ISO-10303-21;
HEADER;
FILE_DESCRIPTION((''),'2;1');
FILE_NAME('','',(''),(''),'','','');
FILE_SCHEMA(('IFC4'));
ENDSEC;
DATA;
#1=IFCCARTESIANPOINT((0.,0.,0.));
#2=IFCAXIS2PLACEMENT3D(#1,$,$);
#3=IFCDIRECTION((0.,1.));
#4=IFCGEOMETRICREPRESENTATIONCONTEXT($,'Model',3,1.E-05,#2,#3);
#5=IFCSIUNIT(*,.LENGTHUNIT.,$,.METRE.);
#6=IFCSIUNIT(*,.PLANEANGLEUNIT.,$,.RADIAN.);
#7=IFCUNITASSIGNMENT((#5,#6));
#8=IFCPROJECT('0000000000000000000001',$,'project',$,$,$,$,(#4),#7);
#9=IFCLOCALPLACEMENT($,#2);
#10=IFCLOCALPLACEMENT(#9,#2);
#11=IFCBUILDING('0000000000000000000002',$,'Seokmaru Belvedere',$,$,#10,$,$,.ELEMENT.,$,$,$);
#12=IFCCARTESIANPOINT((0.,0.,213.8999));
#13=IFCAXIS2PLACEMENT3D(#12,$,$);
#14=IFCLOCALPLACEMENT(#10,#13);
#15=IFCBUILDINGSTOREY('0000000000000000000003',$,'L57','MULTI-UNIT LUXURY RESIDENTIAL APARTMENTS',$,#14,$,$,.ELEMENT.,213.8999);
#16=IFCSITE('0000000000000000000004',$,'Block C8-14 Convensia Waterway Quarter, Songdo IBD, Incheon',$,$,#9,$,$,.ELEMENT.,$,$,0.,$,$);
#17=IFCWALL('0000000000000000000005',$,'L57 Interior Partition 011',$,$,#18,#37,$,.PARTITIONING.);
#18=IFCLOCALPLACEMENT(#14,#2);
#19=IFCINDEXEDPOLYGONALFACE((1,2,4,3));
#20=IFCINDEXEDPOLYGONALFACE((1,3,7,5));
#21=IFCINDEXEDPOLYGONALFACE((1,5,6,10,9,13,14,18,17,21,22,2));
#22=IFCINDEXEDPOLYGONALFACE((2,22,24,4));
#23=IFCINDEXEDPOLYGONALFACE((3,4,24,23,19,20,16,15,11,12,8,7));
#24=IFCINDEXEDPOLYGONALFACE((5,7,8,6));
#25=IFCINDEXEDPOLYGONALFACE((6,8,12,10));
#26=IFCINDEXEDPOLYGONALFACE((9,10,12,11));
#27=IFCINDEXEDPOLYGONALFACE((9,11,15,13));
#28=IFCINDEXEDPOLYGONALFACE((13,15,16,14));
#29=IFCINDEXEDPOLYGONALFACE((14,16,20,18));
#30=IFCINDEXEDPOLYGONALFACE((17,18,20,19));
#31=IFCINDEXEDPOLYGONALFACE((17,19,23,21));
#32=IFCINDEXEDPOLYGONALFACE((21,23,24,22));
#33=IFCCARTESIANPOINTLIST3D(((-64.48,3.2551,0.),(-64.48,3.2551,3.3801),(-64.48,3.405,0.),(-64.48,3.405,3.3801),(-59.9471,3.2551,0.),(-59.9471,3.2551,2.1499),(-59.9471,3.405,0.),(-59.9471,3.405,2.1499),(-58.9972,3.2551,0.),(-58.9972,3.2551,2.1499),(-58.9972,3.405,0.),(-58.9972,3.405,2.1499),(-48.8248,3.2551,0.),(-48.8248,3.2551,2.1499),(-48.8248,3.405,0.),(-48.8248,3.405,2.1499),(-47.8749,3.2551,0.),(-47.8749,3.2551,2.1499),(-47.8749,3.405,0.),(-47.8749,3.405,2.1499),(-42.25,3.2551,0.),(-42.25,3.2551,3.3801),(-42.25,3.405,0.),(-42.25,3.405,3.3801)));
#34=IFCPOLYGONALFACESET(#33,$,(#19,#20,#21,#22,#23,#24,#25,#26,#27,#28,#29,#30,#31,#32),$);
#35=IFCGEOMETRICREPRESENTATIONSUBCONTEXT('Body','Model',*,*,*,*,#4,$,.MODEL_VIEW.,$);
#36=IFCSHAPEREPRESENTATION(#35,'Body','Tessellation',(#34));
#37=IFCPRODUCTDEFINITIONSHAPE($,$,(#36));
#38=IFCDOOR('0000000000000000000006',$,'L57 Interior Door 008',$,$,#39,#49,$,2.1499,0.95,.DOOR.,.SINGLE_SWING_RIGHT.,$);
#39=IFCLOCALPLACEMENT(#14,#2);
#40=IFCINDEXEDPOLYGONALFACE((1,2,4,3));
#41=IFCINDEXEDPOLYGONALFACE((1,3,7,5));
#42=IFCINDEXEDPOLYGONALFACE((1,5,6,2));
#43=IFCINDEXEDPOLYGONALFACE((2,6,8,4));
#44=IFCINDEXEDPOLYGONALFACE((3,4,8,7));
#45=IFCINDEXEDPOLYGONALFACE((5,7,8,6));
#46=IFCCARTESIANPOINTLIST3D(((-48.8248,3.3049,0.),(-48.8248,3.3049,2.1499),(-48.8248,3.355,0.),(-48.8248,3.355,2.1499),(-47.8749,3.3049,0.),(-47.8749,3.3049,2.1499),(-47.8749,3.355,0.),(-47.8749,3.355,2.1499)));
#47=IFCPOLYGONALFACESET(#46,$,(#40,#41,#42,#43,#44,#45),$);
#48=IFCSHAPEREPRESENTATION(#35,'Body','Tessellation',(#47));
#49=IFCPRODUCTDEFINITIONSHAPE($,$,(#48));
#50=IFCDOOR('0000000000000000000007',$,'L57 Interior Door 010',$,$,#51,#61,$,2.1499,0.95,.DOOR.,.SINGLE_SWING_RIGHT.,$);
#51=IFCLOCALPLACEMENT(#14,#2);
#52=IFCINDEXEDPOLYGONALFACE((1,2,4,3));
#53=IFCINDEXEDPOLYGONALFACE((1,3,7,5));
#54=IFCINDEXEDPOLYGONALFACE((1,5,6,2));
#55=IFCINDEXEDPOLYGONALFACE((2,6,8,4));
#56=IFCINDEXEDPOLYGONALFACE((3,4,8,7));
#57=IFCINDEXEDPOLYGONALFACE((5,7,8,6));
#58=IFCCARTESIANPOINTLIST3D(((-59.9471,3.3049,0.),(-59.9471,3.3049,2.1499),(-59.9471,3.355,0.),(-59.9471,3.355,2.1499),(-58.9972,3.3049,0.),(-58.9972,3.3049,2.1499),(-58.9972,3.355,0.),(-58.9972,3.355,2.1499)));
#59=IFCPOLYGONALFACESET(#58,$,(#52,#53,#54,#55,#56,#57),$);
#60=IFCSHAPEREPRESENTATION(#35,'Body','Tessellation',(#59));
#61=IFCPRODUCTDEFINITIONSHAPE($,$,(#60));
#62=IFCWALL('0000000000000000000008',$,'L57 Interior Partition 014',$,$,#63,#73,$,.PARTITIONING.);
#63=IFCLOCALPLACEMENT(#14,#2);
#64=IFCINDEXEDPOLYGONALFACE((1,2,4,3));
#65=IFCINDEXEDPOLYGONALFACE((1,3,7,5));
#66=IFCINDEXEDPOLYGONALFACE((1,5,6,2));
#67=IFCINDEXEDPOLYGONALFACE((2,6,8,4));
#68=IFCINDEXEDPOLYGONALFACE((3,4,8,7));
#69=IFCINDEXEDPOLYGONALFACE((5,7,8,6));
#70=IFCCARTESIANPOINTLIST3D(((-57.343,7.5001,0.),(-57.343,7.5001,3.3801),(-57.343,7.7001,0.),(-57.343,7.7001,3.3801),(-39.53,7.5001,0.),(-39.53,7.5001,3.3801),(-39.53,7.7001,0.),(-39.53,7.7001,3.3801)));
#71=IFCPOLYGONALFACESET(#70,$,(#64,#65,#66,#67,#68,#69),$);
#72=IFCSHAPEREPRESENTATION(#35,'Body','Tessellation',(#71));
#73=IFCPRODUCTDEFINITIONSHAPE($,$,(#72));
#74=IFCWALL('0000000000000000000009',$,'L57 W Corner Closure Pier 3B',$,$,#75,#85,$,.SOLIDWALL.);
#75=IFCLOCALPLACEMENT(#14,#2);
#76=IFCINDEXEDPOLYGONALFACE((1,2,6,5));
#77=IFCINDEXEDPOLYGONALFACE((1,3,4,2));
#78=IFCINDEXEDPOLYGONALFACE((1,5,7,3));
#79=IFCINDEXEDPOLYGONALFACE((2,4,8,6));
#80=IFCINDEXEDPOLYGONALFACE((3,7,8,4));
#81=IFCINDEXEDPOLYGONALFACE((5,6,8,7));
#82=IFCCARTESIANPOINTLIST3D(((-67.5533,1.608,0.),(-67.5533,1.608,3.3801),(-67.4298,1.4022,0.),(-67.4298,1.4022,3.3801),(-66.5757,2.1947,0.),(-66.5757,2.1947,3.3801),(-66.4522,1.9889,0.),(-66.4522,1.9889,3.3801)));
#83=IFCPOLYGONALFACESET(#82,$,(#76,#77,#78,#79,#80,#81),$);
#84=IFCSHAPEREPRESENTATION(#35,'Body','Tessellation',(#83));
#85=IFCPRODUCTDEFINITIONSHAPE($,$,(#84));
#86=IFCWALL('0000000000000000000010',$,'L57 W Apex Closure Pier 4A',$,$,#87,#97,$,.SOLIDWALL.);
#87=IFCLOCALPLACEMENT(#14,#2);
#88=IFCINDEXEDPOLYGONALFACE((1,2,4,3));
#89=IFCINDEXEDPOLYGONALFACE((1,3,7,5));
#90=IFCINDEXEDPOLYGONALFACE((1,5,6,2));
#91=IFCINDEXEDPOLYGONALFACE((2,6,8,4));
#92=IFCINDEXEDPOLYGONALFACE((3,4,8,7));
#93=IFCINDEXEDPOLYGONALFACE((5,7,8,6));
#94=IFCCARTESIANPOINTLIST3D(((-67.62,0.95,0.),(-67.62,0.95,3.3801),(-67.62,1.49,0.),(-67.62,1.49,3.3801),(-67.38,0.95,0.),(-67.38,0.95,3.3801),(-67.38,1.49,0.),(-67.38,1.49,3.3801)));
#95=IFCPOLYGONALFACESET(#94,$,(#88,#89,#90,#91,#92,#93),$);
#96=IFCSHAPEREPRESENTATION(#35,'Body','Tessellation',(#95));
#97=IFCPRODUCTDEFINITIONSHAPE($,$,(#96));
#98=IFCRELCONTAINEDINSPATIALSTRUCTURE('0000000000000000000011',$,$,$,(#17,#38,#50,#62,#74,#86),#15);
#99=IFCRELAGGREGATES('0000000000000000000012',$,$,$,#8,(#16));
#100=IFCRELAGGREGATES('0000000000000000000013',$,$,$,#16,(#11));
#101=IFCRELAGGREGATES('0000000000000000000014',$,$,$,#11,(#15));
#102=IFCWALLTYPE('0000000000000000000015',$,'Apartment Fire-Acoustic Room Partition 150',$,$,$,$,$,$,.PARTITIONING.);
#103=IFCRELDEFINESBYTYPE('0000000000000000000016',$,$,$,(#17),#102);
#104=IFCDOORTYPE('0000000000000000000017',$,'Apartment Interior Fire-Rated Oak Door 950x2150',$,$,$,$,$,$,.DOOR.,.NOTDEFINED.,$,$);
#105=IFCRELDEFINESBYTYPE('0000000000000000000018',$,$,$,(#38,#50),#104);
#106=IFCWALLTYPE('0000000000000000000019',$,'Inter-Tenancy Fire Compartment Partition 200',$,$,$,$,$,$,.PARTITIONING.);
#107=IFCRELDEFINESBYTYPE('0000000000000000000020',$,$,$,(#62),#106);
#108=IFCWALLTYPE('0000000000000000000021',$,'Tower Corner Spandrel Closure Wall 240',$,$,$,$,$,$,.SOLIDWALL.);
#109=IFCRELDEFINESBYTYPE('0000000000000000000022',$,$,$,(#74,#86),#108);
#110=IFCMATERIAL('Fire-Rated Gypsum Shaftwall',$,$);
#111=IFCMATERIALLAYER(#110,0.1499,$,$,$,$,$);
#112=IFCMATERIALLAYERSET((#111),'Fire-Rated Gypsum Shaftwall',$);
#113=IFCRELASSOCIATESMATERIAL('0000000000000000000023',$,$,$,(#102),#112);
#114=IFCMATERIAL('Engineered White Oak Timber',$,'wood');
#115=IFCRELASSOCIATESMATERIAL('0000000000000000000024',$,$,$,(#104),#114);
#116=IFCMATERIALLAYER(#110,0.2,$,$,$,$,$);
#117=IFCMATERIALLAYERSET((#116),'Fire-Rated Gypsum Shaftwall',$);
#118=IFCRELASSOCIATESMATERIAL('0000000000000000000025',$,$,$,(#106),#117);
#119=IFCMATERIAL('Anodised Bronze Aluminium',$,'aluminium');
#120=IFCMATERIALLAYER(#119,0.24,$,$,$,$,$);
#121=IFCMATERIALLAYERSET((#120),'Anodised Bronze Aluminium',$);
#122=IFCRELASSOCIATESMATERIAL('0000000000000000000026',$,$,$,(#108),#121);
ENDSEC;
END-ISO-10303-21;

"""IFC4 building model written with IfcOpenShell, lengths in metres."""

from ifc_helpers import new_model, si_unit, direction, frame, frame_2d, origin, place, context, subcontext, project, spatial, rectangle, extrude, source, transform, mapped, material, layer, layer_set, type_object, type_shapes, element, fill, save


model = new_model("IFC4")

# Units and contexts
model_context = context("Model", 3, precision=1e-05, world=origin(), true_north=direction((0.0, 1.0)))
body_context = subcontext(model_context, "Body", "Model", "MODEL_VIEW")
ifc_project = project(units=[si_unit("LENGTHUNIT", "METRE"), si_unit("PLANEANGLEUNIT", "RADIAN")], contexts=[model_context])

# Site, building, storey
site_placement = place(None, origin())
site = spatial("IfcSite", under=ifc_project, at=site_placement, Name="Block C8-14 Convensia Waterway Quarter, Songdo IBD, Incheon", CompositionType="ELEMENT", RefElevation=0.0)
building_placement = place(site_placement, origin())
building = spatial("IfcBuilding", under=site, at=building_placement, Name="Seokmaru Belvedere", CompositionType="ELEMENT")
storey_placement = place(building_placement, frame((0.0, 0.0, 213.8999)))
storey = spatial("IfcBuildingStorey", under=building, at=storey_placement, Name="L57", Description="MULTI-UNIT LUXURY RESIDENTIAL APARTMENTS", CompositionType="ELEMENT", Elevation=213.8999)

# Shared definitions
ifc_material_1 = material(Name="Anodised Bronze Aluminium", Category="aluminium")

# Wall, openings, doors
ifc_material_2 = material(Name="Fire-Rated Gypsum Shaftwall")
ifc_layer_1 = layer(ifc_material_2, 0.1499)
ifc_layer_set_1 = layer_set([ifc_layer_1], Name="Fire-Rated Gypsum Shaftwall")
wall_type_1 = type_object("IfcWallType", Name="Apartment Fire-Acoustic Room Partition 150", PredefinedType="PARTITIONING", material=ifc_layer_set_1)
wall_1_placement = place(storey_placement, frame((-64.48, 3.3301, 0.0), z_axis=(0.0, 0.0, 1.0), x_axis=(1.0, 0.0, 0.0)))
wall_1 = element("IfcWall", 1, at=wall_1_placement, inside=storey, type_object=wall_type_1, Name="L57 Interior Partition 011", PredefinedType="PARTITIONING", context=body_context, shape_type="SweptSolid", body=[
    extrude(rectangle(XDim=22.23, YDim=0.1499, at=frame_2d((11.115, 0.0))), origin(), (0.0, 0.0, 1.0), 3.3801),
])
opening_1_placement = place(wall_1_placement, frame((15.655, 0.0, 0.0)))
opening_1 = element("IfcOpeningElement", 2, at=opening_1_placement, cuts=wall_1, PredefinedType="OPENING", context=body_context, shape_type="SweptSolid", body=[
    extrude(rectangle(XDim=0.95, YDim=2.1499, at=frame_2d((0.4751, 1.075))), frame((0.0, 0.085, 0.0), z_axis=(0.0, -1.0, 0.0), x_axis=(1.0, 0.0, 0.0)), (0.0, 0.0, 1.0), 0.1699),
])
opening_2_placement = place(wall_1_placement, frame((4.5327, 0.0, 0.0)))
opening_2 = element("IfcOpeningElement", 3, at=opening_2_placement, cuts=wall_1, PredefinedType="OPENING", context=body_context, shape_type="SweptSolid", body=[
    extrude(rectangle(XDim=0.95, YDim=2.1499, at=frame_2d((0.4751, 1.075))), frame((0.0, 0.085, 0.0), z_axis=(0.0, -1.0, 0.0), x_axis=(1.0, 0.0, 0.0)), (0.0, 0.0, 1.0), 0.1699),
])
ifc_material_3 = material(Name="Engineered White Oak Timber", Category="wood")
door_type = type_object("IfcDoorType", Name="Apartment Interior Fire-Rated Oak Door 950x2150", OperationType="NOTDEFINED", PredefinedType="DOOR", material=ifc_material_3)
shared_shape_1 = source(origin(), body_context, "Body", "SweptSolid", [
    extrude(rectangle(XDim=0.95, YDim=2.1499, at=frame_2d((0.4751, 1.075))), frame((0.0, 0.0249, 0.0), z_axis=(0.0, -1.0, 0.0), x_axis=(1.0, 0.0, 0.0)), (0.0, 0.0, 1.0), 0.05),
])
type_shapes(door_type, [shared_shape_1])
door_1_placement = place(opening_1_placement, origin())
door_1 = element("IfcDoor", 4, at=door_1_placement, inside=storey, type_object=door_type, Name="L57 Interior Door 008", OperationType="SINGLE_SWING_RIGHT", OverallHeight=2.1499, OverallWidth=0.95, PredefinedType="DOOR", context=body_context, shape_type="MappedRepresentation", body=[
    mapped(shared_shape_1, transform((0.0, 0.0, 0.0), scale=1.0)),
])
fill(opening_1, door_1)
door_2_placement = place(opening_2_placement, origin())
door_2 = element("IfcDoor", 5, at=door_2_placement, inside=storey, type_object=door_type, Name="L57 Interior Door 010", OperationType="SINGLE_SWING_RIGHT", OverallHeight=2.1499, OverallWidth=0.95, PredefinedType="DOOR", context=body_context, shape_type="MappedRepresentation", body=[
    mapped(shared_shape_1, transform((0.0, 0.0, 0.0), scale=1.0)),
])
fill(opening_2, door_2)

# Walls
ifc_layer_2 = layer(ifc_material_2, 0.2)
ifc_layer_set_2 = layer_set([ifc_layer_2], Name="Fire-Rated Gypsum Shaftwall")
wall_type_2 = type_object("IfcWallType", Name="Inter-Tenancy Fire Compartment Partition 200", PredefinedType="PARTITIONING", material=ifc_layer_set_2)
wall_2_placement = place(storey_placement, frame((-57.343, 7.6001, 0.0), z_axis=(0.0, 0.0, 1.0), x_axis=(1.0, 0.0, 0.0)))
element("IfcWall", 6, at=wall_2_placement, inside=storey, type_object=wall_type_2, Name="L57 Interior Partition 014", PredefinedType="PARTITIONING", context=body_context, shape_type="SweptSolid", body=[
    extrude(rectangle(XDim=17.813, YDim=0.2, at=frame_2d((8.9065, 0.0))), origin(), (0.0, 0.0, 1.0), 3.3801),
])
ifc_layer_3 = layer(ifc_material_1, 0.24)
ifc_layer_set_3 = layer_set([ifc_layer_3], Name="Anodised Bronze Aluminium")
wall_type_3 = type_object("IfcWallType", Name="Tower Corner Spandrel Closure Wall 240", PredefinedType="SOLIDWALL", material=ifc_layer_set_3)
wall_3_placement = place(storey_placement, frame((-66.5139, 2.0918, 0.0), z_axis=(0.0, 0.0, 1.0), x_axis=(-0.857436, -0.51459, 0.0)))
element("IfcWall", 7, at=wall_3_placement, inside=storey, type_object=wall_type_3, Name="L57 W Corner Closure Pier 3B", PredefinedType="SOLIDWALL", context=body_context, shape_type="SweptSolid", body=[
    extrude(rectangle(XDim=1.1401, YDim=0.24, at=frame_2d((0.5701, 0.0))), origin(), (0.0, 0.0, 1.0), 3.3801),
])
wall_4_placement = place(storey_placement, frame((-67.5, 1.49, 0.0), z_axis=(0.0, 0.0, 1.0), x_axis=(0.0, -1.0, 0.0)))
element("IfcWall", 8, at=wall_4_placement, inside=storey, type_object=wall_type_3, Name="L57 W Apex Closure Pier 4A", PredefinedType="SOLIDWALL", context=body_context, shape_type="SweptSolid", body=[
    extrude(rectangle(XDim=0.54, YDim=0.24, at=frame_2d((0.27, 0.0))), origin(), (0.0, 0.0, 1.0), 3.3801),
])

save(model, "model.ifc")
